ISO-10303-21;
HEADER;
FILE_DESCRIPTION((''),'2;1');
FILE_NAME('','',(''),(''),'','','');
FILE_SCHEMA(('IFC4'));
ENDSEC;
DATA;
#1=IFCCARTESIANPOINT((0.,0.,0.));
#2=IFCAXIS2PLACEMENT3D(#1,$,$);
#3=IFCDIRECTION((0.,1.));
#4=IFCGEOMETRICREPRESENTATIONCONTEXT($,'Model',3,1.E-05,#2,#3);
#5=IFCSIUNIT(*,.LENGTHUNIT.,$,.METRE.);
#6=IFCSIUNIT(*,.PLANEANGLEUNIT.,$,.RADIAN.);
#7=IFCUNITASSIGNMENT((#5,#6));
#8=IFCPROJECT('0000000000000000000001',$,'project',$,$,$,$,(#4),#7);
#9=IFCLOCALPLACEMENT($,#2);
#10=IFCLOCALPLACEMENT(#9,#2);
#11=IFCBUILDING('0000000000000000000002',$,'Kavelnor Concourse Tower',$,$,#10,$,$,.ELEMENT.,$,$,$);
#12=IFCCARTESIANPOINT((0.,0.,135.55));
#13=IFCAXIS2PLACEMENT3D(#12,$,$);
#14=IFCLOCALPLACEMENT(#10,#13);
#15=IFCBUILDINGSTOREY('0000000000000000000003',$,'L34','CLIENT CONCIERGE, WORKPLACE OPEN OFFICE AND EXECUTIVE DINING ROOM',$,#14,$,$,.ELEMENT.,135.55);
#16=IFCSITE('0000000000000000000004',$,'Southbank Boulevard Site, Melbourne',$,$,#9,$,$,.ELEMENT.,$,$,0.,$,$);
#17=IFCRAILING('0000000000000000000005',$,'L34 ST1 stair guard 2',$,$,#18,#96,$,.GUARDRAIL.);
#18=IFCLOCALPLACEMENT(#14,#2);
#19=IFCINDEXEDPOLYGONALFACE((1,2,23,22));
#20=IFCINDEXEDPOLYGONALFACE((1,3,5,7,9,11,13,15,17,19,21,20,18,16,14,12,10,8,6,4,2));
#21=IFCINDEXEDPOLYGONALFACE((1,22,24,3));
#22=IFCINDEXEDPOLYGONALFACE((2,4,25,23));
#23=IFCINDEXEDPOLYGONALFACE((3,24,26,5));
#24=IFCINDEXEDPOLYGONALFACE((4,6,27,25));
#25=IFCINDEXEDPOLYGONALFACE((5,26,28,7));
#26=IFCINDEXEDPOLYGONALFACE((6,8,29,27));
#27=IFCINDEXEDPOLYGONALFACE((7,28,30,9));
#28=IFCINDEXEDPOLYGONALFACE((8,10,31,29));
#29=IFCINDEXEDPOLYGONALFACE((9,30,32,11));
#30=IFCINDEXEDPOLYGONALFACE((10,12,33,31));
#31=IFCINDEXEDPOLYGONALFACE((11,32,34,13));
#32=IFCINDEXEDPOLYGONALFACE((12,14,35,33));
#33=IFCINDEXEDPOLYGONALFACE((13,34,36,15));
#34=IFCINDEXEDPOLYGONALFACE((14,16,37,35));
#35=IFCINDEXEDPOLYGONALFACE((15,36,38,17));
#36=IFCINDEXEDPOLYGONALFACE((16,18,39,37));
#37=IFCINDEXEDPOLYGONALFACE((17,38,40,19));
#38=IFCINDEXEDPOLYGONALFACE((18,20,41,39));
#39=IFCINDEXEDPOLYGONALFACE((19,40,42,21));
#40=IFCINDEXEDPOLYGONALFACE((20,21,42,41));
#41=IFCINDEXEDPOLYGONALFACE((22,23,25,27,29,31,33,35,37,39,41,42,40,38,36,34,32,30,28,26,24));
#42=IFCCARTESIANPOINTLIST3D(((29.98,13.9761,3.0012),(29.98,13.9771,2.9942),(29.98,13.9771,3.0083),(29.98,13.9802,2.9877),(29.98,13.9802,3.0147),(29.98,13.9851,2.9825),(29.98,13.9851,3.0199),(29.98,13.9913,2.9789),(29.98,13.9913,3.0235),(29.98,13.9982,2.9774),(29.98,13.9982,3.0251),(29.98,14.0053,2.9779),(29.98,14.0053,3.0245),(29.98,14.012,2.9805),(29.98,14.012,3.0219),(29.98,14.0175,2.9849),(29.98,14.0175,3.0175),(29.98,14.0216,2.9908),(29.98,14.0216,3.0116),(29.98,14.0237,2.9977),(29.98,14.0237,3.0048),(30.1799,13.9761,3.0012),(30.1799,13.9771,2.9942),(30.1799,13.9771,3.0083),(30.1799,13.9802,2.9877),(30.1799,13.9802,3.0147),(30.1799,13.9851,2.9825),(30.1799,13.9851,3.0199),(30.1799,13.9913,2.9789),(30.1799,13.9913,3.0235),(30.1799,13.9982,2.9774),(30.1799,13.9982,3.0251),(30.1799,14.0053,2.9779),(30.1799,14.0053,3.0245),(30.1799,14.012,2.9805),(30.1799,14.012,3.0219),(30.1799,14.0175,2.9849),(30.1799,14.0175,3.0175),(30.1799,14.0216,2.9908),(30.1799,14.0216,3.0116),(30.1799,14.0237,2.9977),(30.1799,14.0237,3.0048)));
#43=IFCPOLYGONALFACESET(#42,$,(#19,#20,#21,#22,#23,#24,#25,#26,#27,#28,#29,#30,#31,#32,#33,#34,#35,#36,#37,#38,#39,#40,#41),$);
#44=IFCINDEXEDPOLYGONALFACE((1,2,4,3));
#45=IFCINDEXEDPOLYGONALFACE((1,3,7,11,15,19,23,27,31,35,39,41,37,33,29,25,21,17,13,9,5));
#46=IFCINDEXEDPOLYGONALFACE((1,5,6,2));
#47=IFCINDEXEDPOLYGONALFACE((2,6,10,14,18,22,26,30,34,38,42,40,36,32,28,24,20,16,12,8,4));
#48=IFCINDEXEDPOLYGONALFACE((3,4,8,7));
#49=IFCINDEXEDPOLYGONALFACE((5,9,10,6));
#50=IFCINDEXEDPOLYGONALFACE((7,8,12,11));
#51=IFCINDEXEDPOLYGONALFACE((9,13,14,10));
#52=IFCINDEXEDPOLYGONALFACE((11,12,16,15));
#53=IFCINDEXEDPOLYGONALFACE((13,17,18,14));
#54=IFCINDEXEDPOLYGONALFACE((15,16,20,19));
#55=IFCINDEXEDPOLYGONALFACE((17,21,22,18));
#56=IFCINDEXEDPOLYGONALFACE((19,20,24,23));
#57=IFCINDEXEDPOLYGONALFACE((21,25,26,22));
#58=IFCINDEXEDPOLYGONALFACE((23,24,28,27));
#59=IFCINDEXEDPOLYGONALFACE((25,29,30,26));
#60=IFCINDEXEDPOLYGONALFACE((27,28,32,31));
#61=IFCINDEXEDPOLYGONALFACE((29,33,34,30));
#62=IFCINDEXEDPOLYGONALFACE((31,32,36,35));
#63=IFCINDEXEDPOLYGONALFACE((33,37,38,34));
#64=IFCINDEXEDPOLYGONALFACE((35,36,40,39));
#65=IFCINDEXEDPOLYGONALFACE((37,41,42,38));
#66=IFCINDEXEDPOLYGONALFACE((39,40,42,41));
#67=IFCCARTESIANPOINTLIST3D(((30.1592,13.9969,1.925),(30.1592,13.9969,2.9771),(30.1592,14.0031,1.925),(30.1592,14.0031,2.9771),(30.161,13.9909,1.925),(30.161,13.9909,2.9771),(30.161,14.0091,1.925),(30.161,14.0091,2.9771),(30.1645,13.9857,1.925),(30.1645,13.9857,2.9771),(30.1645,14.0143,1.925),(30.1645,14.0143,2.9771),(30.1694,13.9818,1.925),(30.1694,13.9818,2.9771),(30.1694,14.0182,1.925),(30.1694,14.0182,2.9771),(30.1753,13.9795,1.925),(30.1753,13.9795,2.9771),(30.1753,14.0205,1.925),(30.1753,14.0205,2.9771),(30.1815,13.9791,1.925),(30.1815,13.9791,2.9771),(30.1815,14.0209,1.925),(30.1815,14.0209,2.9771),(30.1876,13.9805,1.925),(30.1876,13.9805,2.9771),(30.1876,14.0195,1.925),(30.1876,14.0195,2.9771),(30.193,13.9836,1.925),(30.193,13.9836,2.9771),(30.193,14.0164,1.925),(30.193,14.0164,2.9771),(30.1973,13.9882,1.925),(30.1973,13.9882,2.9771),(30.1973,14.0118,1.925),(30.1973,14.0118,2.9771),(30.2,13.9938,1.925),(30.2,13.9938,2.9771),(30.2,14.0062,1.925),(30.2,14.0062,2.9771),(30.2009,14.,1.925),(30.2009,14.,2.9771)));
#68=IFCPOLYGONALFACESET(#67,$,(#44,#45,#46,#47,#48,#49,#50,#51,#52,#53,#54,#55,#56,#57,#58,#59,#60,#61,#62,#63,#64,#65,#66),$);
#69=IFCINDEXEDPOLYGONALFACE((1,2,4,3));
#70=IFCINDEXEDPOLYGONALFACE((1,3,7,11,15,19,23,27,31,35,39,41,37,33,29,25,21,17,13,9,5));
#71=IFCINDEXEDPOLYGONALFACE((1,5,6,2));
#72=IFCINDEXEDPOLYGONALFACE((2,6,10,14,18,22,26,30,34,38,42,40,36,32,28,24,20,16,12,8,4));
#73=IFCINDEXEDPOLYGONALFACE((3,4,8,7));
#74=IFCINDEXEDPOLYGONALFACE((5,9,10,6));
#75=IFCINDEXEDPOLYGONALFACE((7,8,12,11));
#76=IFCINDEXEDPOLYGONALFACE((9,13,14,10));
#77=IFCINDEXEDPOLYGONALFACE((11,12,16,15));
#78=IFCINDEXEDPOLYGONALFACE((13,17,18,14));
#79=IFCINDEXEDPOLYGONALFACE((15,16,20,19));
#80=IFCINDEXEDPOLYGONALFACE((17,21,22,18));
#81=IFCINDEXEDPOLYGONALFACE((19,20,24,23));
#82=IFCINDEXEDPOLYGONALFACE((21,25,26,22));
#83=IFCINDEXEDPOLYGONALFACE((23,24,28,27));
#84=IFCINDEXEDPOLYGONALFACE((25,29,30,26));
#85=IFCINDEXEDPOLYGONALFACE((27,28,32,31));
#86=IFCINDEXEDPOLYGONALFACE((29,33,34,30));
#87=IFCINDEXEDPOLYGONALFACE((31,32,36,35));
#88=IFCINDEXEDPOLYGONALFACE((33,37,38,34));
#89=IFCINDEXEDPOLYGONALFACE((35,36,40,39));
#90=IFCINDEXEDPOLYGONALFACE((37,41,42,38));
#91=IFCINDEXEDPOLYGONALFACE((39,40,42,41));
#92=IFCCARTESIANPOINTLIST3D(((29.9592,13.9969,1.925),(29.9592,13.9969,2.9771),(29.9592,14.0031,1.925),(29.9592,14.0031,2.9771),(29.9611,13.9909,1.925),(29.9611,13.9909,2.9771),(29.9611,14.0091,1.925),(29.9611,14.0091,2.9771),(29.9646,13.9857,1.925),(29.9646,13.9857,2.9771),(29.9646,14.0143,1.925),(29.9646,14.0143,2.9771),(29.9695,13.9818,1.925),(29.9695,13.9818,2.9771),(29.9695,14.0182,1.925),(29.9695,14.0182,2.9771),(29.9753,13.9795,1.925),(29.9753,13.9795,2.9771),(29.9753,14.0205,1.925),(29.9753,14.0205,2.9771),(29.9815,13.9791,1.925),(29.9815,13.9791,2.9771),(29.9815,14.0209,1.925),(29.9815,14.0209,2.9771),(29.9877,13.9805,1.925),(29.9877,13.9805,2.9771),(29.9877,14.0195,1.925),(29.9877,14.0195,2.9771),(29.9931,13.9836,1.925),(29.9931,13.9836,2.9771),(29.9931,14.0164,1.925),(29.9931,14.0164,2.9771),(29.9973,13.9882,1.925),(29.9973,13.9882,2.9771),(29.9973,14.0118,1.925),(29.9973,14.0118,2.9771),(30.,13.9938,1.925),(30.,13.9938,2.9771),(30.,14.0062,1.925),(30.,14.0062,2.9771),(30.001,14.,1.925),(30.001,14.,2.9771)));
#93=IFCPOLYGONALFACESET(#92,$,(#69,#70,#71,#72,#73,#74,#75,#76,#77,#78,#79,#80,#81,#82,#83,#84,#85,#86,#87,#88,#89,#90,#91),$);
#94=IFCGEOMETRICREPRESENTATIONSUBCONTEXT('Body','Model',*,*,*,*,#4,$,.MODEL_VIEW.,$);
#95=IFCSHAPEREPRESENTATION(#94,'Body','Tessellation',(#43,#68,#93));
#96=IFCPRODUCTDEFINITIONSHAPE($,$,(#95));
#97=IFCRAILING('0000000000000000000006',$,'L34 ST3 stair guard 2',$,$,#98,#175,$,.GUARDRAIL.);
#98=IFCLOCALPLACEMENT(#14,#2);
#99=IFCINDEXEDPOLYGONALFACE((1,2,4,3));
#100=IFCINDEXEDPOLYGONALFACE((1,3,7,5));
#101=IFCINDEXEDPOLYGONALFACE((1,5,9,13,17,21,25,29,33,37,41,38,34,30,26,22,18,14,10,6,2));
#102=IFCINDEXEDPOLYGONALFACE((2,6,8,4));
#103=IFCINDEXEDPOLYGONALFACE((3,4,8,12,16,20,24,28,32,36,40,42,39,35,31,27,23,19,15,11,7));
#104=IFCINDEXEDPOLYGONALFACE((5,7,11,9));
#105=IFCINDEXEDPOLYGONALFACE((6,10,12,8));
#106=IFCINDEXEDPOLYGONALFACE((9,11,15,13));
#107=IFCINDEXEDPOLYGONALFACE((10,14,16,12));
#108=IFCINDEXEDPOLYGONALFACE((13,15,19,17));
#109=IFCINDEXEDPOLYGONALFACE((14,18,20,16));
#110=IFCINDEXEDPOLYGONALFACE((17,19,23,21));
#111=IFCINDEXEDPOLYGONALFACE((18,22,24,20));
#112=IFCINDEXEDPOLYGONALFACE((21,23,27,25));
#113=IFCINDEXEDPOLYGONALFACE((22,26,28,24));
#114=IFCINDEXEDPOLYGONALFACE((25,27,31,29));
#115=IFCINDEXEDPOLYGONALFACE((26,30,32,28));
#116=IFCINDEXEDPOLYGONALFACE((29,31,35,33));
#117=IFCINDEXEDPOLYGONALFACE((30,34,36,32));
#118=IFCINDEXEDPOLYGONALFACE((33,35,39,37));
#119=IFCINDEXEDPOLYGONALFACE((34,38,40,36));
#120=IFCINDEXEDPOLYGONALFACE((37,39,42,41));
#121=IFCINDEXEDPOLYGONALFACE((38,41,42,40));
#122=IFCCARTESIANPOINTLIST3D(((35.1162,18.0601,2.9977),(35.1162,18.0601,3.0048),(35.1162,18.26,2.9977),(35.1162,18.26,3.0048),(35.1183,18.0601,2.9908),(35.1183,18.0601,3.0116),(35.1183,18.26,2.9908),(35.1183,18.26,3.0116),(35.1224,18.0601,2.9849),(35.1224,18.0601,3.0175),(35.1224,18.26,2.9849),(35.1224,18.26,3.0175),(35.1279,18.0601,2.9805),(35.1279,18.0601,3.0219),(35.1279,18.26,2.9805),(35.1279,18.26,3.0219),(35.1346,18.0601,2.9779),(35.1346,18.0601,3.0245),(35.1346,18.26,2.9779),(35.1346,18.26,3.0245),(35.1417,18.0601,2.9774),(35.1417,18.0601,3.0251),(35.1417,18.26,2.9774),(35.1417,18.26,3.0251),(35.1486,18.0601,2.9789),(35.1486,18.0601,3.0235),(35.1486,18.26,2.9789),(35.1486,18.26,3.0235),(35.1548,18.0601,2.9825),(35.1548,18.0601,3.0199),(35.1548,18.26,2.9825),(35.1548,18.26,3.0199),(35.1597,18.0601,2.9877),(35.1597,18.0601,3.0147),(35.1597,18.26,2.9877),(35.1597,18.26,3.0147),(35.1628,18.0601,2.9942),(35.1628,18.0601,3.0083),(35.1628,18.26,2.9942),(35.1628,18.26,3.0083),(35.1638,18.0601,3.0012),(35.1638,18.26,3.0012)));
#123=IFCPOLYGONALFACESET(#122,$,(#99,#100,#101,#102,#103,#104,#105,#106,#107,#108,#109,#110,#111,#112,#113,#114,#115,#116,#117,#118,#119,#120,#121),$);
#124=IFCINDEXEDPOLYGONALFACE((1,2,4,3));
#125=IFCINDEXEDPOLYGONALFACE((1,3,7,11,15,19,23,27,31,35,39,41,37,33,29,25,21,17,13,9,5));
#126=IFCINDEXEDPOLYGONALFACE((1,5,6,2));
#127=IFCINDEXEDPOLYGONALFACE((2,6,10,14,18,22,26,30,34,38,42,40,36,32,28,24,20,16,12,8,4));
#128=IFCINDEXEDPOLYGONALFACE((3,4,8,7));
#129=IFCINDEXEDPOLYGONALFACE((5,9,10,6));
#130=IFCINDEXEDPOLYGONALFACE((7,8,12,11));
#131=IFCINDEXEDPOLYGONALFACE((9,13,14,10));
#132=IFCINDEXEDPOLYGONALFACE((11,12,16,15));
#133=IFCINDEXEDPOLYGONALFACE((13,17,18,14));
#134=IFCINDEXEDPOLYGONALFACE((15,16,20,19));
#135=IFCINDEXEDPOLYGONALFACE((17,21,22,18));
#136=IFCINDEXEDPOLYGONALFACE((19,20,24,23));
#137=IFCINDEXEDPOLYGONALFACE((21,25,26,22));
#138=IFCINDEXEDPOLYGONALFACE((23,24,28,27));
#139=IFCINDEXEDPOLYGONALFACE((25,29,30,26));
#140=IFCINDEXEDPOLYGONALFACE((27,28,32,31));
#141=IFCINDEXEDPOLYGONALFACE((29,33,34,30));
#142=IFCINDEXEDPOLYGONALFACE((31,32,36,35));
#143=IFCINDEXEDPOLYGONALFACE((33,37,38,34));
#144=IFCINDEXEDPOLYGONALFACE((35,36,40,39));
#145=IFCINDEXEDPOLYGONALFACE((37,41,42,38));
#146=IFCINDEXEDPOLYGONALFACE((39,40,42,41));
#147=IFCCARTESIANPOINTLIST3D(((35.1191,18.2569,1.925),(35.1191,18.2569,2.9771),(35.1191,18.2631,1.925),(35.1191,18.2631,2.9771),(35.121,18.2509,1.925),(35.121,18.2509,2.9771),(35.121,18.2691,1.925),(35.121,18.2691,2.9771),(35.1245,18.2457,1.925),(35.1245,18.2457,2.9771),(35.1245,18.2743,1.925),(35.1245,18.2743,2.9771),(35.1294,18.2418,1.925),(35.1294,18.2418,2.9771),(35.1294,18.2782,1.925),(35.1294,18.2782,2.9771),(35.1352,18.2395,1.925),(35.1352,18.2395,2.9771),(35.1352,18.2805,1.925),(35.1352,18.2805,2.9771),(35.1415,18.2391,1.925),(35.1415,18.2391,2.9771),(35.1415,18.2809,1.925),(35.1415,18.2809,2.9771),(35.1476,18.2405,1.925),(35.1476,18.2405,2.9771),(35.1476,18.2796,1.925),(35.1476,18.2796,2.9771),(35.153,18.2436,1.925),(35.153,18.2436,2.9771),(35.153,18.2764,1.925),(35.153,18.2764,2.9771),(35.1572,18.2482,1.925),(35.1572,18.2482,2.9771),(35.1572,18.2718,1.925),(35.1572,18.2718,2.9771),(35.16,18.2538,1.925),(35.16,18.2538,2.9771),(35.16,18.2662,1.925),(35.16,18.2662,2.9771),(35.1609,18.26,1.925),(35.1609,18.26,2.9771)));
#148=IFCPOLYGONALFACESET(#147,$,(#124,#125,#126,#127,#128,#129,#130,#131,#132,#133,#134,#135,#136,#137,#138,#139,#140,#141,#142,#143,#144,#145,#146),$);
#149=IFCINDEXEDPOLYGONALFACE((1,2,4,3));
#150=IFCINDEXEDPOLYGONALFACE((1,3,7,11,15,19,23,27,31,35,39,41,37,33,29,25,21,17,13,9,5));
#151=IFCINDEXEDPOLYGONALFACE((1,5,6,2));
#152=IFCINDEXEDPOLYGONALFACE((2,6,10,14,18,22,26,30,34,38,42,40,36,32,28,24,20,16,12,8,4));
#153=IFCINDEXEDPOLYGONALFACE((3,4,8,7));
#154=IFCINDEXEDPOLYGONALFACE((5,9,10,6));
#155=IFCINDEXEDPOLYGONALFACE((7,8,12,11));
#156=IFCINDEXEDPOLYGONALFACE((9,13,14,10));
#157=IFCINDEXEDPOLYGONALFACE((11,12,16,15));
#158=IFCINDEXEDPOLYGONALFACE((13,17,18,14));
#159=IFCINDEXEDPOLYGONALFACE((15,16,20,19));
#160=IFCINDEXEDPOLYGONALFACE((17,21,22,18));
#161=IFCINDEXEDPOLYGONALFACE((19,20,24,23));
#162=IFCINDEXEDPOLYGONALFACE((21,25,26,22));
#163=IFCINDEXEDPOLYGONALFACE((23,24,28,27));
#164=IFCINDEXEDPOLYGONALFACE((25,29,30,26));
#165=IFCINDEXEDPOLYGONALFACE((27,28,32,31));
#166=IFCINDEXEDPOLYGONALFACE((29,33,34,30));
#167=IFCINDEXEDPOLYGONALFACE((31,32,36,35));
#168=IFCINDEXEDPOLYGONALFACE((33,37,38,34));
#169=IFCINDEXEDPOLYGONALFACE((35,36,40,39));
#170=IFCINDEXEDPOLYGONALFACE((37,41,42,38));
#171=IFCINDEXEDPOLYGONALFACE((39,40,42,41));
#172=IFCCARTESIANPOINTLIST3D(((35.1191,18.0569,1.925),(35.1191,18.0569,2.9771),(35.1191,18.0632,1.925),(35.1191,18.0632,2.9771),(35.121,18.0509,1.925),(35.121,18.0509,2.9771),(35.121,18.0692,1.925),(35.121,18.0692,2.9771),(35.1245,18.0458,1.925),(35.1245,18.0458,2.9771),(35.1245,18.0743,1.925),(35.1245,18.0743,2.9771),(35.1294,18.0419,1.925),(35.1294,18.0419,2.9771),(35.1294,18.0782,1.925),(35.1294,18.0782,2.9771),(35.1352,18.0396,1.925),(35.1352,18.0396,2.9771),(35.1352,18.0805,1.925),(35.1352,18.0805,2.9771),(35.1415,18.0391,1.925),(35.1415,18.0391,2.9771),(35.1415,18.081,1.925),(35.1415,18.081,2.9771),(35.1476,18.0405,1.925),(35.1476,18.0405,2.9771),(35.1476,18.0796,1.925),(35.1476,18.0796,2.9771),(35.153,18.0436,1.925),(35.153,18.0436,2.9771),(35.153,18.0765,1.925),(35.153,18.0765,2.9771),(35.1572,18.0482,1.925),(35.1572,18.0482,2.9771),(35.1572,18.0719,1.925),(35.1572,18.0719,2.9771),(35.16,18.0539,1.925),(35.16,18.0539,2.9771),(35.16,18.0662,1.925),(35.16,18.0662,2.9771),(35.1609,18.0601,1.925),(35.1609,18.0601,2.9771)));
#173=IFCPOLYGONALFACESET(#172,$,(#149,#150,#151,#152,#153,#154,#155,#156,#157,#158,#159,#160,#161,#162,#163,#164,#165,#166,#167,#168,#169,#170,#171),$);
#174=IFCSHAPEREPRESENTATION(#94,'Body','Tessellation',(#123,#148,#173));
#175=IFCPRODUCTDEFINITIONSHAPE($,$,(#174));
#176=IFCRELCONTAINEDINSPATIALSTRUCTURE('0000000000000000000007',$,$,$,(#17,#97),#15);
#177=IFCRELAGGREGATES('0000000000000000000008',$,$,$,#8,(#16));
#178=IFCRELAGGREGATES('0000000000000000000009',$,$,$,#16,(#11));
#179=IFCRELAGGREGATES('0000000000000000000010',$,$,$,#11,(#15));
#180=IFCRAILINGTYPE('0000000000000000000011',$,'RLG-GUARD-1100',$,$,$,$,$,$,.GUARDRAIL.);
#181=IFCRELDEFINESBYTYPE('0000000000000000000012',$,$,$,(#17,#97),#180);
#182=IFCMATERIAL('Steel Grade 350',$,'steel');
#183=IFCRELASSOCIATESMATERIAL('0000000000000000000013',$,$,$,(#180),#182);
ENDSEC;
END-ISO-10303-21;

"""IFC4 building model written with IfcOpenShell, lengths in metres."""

from ifc_helpers import new_model, si_unit, direction, frame, origin, origin_2d, place, context, subcontext, project, spatial, circle, extrude, material, type_object, element, save


model = new_model("IFC4")

# Units and contexts
model_context = context("Model", 3, precision=1e-05, world=origin(), true_north=direction((0.0, 1.0)))
body_context = subcontext(model_context, "Body", "Model", "MODEL_VIEW")
ifc_project = project(units=[si_unit("LENGTHUNIT", "METRE"), si_unit("PLANEANGLEUNIT", "RADIAN")], contexts=[model_context])

# Site, building, storey
site_placement = place(None, origin())
site = spatial("IfcSite", under=ifc_project, at=site_placement, Name="Southbank Boulevard Site, Melbourne", CompositionType="ELEMENT", RefElevation=0.0)
building_placement = place(site_placement, origin())
building = spatial("IfcBuilding", under=site, at=building_placement, Name="Kavelnor Concourse Tower", CompositionType="ELEMENT")
storey_placement = place(building_placement, frame((0.0, 0.0, 135.55)))
storey = spatial("IfcBuildingStorey", under=building, at=storey_placement, Name="L34", Description="CLIENT CONCIERGE, WORKPLACE OPEN OFFICE AND EXECUTIVE DINING ROOM", CompositionType="ELEMENT", Elevation=135.55)

# Shared definitions
ifc_material_1 = material(Name="Steel Grade 350", Category="steel")

# Railings
railing_type_1 = type_object("IfcRailingType", Name="RLG-GUARD-1100", PredefinedType="GUARDRAIL", material=ifc_material_1)
railing_1_placement = place(storey_placement, frame((30.1799, 14.0, 1.925)))
element("IfcRailing", 1, at=railing_1_placement, inside=storey, type_object=railing_type_1, Name="L34 ST1 stair guard 2", PredefinedType="GUARDRAIL", context=body_context, shape_type="SweptSolid", body=[
    extrude(circle(Radius=0.0239, at=origin_2d()), frame((0.0, 0.0, 1.0762), z_axis=(-1.0, 0.0, 0.0), x_axis=(0.0, -1.0, 0.0)), (0.0, 0.0, 1.0), 0.2),
    extrude(circle(Radius=0.021, at=origin_2d()), origin(), (0.0, 0.0, 1.0), 1.052),
    extrude(circle(Radius=0.021, at=origin_2d()), frame((-0.2, 0.0, 0.0)), (0.0, 0.0, 1.0), 1.052),
])
railing_2_placement = place(storey_placement, frame((35.1399, 18.26, 1.925)))
element("IfcRailing", 2, at=railing_2_placement, inside=storey, type_object=railing_type_1, Name="L34 ST3 stair guard 2", PredefinedType="GUARDRAIL", context=body_context, shape_type="SweptSolid", body=[
    extrude(circle(Radius=0.0239, at=origin_2d()), frame((0.0, 0.0, 1.0762), z_axis=(0.0, -1.0, 0.0), x_axis=(1.0, 0.0, 0.0)), (0.0, 0.0, 1.0), 0.2),
    extrude(circle(Radius=0.021, at=origin_2d()), origin(), (0.0, 0.0, 1.0), 1.052),
    extrude(circle(Radius=0.021, at=origin_2d()), frame((0.0, -0.2, 0.0)), (0.0, 0.0, 1.0), 1.052),
])

save(model, "model.ifc")
